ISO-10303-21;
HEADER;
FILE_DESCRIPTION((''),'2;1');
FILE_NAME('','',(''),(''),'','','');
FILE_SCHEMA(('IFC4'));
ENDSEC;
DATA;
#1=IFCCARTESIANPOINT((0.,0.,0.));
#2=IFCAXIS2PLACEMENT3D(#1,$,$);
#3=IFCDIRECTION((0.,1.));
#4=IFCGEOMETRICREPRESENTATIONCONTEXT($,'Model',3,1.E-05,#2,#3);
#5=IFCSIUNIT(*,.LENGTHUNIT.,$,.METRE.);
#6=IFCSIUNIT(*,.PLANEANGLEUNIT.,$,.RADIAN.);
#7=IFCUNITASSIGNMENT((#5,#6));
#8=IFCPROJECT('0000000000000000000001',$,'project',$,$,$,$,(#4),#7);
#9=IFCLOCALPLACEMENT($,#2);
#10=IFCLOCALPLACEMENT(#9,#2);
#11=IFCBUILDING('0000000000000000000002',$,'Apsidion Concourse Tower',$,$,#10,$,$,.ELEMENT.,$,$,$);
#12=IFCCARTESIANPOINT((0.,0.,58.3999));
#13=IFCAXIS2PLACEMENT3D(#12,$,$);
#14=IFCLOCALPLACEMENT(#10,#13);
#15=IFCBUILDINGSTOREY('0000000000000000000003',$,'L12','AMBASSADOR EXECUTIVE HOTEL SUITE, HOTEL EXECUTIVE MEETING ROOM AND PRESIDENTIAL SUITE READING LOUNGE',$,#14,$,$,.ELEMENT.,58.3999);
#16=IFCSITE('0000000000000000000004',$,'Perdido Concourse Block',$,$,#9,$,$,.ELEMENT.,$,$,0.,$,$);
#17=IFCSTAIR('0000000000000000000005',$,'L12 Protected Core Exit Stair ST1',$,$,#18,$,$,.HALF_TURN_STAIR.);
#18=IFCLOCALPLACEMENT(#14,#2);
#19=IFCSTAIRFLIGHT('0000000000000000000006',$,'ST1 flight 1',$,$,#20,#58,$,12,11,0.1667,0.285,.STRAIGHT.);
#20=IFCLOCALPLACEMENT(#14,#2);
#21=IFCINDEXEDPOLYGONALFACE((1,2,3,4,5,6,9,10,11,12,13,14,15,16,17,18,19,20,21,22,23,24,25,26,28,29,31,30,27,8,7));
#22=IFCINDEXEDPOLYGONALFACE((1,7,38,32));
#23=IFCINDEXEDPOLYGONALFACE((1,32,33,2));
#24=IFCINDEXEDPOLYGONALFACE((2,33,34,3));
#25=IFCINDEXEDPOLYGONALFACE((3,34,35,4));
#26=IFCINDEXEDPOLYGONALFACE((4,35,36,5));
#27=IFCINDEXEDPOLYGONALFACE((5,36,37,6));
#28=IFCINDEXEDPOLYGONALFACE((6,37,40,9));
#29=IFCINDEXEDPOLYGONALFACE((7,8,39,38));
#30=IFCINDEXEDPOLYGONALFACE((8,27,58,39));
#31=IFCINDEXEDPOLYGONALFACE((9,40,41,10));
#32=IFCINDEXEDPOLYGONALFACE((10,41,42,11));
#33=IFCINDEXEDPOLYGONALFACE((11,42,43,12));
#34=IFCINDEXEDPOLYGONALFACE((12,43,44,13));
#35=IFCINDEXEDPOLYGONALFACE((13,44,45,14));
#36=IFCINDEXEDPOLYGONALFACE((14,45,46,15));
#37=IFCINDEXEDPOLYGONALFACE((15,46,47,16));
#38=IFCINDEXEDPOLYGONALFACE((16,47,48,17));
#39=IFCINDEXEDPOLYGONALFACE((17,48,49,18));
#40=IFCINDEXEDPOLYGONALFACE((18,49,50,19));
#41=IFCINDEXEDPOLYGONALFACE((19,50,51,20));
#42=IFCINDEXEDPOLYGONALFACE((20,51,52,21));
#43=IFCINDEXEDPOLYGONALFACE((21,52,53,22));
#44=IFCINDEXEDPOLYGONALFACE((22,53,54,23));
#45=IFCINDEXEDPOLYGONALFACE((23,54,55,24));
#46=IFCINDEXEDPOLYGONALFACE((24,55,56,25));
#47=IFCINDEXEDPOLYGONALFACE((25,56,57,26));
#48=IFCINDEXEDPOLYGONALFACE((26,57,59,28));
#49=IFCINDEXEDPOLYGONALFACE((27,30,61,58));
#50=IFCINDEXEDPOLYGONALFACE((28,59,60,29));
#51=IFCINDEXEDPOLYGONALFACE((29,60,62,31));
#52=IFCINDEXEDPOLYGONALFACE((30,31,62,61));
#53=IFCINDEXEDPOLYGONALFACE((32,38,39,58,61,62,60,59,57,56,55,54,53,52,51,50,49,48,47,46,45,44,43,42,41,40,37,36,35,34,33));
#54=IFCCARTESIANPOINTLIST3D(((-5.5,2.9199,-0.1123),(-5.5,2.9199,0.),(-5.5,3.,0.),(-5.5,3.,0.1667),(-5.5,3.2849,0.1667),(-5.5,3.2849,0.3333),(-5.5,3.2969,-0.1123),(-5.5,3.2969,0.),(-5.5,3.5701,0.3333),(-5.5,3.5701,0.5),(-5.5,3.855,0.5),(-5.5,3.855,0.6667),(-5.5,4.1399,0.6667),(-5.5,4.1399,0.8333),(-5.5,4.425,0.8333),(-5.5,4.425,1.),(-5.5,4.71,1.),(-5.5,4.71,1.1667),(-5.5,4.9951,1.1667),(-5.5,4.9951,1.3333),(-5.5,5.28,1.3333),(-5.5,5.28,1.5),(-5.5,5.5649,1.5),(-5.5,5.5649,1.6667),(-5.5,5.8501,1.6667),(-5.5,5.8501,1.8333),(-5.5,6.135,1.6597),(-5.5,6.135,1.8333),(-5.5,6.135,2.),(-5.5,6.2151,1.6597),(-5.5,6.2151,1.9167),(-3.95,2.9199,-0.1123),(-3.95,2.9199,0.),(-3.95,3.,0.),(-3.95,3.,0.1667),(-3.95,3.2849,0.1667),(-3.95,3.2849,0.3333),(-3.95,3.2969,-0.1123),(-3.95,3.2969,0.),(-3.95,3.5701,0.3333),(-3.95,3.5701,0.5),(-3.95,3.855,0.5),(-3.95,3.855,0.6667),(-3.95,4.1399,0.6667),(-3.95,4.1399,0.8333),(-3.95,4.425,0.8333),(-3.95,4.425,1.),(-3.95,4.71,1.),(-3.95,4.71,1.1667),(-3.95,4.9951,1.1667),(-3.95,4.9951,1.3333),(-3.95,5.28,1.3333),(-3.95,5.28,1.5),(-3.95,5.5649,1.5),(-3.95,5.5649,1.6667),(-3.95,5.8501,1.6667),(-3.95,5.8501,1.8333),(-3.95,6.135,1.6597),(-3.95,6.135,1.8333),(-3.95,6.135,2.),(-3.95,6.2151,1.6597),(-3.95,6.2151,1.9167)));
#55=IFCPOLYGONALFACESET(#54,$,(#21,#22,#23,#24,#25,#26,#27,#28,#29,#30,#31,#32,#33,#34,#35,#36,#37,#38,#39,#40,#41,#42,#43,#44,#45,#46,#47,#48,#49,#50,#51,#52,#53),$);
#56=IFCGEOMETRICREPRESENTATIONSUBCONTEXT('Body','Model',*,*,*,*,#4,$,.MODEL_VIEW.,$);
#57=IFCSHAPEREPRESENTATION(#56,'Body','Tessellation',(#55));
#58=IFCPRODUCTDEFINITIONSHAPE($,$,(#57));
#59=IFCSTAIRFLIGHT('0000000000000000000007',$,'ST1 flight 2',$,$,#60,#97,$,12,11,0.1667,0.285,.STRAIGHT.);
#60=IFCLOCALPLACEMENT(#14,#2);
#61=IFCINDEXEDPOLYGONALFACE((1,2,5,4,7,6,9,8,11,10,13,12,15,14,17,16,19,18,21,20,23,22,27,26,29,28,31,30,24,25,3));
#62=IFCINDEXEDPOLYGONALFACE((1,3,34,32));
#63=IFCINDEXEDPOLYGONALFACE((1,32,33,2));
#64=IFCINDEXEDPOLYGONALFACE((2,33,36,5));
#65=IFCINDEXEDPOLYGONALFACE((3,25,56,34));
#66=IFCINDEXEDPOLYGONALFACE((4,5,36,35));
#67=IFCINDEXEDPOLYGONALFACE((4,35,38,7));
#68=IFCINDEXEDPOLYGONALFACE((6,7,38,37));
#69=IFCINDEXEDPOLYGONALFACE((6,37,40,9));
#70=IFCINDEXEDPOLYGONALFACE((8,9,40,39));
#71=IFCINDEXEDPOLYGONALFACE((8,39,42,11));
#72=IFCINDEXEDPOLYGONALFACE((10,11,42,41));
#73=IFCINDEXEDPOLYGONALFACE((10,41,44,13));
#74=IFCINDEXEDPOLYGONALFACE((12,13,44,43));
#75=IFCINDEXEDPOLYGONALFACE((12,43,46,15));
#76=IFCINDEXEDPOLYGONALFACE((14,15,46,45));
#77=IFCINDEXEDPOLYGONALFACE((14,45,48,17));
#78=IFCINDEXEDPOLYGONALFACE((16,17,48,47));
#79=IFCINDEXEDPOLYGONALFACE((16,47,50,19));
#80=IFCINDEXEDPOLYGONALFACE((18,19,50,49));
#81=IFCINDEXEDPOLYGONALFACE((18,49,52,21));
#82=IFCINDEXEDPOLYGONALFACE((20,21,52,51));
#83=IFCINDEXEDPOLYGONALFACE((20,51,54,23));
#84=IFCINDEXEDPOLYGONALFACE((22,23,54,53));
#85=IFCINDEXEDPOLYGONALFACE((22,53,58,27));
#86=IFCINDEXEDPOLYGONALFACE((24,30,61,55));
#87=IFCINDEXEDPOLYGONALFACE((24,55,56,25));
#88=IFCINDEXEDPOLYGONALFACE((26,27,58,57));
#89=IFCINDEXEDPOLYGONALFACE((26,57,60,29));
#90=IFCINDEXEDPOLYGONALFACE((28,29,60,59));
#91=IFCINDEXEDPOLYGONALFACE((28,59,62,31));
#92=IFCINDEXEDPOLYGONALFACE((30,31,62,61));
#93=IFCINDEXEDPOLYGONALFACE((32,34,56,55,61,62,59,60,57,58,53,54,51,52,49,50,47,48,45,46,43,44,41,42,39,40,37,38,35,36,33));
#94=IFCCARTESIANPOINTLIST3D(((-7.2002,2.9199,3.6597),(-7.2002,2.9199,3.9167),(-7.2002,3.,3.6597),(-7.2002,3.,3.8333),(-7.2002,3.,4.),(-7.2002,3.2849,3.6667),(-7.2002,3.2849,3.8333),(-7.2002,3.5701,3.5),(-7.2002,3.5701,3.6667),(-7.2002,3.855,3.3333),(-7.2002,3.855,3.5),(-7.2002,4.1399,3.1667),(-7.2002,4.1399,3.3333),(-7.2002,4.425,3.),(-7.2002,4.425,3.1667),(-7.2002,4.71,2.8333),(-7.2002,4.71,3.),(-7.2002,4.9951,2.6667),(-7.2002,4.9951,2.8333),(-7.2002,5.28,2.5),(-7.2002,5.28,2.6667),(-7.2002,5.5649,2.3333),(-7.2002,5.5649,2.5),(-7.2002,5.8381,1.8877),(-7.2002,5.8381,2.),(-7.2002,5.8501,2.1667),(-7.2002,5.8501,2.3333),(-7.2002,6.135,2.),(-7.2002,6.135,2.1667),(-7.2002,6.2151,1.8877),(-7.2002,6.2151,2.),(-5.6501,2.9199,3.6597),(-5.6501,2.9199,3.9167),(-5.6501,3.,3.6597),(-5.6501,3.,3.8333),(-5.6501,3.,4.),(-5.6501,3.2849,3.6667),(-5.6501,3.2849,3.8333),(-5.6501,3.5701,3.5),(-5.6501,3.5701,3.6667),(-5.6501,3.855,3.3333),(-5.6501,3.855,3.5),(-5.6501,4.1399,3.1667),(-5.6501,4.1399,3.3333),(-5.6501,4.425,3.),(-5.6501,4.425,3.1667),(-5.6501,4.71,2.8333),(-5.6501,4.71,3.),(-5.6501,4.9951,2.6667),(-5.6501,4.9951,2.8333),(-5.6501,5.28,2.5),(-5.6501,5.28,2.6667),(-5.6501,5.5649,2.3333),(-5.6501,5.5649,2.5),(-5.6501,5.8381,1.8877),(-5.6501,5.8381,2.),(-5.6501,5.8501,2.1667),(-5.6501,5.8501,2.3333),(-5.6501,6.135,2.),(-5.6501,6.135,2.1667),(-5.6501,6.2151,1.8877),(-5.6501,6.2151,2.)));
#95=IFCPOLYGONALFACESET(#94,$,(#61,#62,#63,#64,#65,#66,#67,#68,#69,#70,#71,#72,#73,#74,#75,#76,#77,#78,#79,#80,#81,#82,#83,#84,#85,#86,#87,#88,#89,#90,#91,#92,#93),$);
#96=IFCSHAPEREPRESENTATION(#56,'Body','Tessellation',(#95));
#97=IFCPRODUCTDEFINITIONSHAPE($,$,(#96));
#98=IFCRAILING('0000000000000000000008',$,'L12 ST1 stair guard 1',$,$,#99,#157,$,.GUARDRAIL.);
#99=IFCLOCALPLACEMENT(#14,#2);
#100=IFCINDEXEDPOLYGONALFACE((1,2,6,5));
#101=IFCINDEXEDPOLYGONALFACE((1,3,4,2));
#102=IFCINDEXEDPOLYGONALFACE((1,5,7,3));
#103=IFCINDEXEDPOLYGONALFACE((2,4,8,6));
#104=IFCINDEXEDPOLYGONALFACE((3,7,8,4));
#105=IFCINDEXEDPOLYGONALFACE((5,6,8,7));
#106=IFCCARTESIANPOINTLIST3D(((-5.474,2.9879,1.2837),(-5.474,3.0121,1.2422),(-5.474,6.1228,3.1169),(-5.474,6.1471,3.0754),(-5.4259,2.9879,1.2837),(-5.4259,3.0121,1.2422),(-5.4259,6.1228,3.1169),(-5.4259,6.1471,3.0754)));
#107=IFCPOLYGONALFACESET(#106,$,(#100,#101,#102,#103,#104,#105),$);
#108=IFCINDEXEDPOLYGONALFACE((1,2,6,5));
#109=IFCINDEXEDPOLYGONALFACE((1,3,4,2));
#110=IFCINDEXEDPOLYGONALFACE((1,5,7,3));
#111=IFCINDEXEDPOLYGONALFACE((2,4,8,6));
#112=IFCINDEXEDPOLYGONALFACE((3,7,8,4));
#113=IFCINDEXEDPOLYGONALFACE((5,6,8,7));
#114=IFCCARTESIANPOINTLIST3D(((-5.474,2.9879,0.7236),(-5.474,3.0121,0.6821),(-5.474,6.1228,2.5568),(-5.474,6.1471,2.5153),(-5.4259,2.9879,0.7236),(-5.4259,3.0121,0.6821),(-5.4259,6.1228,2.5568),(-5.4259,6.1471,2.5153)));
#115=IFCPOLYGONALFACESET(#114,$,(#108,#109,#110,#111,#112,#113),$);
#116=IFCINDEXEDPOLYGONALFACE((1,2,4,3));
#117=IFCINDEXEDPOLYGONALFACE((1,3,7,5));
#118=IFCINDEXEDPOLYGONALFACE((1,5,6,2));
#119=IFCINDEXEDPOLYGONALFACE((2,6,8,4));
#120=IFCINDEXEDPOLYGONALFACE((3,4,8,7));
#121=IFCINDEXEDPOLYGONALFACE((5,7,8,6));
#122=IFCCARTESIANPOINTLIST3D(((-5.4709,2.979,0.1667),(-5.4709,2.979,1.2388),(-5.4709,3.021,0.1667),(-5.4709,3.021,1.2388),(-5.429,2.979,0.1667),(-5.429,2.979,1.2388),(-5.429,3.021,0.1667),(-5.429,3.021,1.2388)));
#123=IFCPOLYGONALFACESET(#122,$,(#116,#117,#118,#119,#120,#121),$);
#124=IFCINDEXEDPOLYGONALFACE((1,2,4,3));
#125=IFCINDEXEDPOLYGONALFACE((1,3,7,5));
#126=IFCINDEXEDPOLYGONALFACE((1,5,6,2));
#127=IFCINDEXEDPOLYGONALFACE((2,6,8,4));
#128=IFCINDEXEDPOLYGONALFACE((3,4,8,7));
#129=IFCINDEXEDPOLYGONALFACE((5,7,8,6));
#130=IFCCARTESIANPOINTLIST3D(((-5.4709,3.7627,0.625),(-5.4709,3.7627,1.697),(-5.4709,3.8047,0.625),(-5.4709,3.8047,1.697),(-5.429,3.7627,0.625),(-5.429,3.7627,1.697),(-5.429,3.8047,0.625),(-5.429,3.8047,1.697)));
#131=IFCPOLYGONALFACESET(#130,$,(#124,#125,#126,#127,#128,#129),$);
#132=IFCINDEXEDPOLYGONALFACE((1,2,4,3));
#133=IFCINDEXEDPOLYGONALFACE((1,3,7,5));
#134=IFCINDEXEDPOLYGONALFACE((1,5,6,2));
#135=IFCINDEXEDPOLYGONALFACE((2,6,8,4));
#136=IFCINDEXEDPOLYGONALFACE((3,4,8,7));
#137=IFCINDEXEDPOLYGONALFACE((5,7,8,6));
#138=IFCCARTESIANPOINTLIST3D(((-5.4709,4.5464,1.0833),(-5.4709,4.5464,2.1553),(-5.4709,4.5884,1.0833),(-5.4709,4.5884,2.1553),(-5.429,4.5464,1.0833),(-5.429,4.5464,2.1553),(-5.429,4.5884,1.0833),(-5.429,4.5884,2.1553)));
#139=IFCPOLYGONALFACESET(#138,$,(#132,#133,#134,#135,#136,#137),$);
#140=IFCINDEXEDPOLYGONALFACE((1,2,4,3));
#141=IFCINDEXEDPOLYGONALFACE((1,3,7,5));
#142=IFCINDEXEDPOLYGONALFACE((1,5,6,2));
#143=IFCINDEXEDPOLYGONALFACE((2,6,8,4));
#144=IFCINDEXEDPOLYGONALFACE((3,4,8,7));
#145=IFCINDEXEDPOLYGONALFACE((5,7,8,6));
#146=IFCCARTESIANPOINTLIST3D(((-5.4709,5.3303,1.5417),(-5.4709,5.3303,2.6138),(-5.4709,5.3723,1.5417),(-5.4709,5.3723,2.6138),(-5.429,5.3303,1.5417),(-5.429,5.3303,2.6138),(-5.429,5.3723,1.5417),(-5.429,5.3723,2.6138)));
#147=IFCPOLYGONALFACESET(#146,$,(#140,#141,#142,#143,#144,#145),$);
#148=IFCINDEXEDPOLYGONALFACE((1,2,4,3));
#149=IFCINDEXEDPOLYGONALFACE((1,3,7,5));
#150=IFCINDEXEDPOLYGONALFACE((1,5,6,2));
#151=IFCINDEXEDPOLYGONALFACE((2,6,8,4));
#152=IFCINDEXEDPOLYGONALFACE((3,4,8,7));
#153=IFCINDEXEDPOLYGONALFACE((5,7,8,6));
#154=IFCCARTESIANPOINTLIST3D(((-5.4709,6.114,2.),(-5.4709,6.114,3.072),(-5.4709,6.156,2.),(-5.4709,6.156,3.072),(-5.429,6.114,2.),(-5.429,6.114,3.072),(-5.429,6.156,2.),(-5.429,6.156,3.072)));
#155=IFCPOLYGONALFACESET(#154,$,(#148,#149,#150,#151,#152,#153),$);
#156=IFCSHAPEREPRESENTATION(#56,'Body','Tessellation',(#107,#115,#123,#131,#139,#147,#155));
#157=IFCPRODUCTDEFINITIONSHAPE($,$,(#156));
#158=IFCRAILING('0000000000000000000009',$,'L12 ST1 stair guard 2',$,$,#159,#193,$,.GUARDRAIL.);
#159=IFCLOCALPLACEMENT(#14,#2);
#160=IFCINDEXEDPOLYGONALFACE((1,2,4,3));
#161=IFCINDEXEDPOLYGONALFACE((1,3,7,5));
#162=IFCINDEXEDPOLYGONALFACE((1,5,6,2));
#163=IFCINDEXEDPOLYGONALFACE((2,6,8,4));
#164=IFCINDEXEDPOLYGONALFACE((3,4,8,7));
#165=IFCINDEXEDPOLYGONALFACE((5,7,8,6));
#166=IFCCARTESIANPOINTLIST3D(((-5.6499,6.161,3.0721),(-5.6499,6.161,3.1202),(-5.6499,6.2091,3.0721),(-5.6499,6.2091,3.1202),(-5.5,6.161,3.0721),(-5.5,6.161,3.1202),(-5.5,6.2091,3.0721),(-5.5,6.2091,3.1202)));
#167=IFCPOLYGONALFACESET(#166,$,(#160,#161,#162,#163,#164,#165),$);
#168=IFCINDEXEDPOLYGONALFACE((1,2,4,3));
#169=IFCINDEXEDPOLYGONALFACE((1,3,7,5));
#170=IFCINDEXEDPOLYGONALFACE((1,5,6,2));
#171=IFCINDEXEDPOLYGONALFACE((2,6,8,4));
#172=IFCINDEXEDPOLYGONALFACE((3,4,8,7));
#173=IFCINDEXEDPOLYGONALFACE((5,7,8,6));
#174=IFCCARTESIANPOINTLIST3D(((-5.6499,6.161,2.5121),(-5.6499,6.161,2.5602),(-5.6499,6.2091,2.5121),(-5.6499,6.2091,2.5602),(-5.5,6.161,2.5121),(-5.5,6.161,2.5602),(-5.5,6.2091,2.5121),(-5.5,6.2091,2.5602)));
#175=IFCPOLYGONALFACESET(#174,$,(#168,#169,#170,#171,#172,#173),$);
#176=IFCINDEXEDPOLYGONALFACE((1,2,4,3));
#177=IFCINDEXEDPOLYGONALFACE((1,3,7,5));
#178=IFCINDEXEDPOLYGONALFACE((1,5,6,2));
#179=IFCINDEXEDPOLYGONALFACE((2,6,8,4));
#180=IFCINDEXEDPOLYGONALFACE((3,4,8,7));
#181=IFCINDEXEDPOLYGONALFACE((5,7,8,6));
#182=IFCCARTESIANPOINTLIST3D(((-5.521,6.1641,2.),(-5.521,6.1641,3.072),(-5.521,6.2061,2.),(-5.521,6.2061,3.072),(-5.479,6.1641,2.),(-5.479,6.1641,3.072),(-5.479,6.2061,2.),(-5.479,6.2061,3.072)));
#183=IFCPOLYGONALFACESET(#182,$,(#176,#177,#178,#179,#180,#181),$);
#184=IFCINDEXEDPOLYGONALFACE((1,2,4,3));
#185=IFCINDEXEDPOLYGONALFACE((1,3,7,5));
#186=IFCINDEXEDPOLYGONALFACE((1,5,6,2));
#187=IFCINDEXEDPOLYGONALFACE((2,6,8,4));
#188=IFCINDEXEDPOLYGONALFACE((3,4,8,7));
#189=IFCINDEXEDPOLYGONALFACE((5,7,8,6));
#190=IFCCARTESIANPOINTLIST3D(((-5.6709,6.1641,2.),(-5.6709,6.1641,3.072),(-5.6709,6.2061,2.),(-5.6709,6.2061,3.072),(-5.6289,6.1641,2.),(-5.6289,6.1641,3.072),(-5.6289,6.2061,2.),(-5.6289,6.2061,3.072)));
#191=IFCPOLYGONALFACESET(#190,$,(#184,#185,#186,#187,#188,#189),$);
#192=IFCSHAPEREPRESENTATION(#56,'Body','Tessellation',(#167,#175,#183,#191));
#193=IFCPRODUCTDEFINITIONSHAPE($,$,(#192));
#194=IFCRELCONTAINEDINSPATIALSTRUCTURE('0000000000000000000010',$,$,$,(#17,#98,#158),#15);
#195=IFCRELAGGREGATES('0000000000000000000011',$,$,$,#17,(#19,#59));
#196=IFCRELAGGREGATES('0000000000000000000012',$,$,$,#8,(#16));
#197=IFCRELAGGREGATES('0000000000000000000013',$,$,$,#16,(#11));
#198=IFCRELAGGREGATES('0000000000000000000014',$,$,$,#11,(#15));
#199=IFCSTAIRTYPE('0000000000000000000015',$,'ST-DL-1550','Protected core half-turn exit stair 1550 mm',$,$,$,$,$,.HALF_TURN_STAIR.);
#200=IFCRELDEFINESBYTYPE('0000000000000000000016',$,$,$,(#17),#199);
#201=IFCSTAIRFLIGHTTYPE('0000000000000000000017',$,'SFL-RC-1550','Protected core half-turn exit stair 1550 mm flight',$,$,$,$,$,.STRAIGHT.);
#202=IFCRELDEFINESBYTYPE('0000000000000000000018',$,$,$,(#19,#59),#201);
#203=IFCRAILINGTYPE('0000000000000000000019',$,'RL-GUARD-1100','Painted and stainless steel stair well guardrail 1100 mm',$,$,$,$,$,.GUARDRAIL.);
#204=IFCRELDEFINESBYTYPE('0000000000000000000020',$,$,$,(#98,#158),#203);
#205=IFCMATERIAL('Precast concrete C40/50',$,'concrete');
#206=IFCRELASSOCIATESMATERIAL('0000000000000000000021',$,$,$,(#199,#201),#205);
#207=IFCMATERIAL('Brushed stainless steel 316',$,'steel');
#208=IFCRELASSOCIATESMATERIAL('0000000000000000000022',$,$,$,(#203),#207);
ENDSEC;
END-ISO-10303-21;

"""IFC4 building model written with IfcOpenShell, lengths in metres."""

from ifc_helpers import new_model, si_unit, direction, frame, origin, origin_2d, place, context, subcontext, project, spatial, polyline, rectangle, outline, extrude, material, type_object, element, aggregate, save


model = new_model("IFC4")

# Units and contexts
model_context = context("Model", 3, precision=1e-05, world=origin(), true_north=direction((0.0, 1.0)))
body_context = subcontext(model_context, "Body", "Model", "MODEL_VIEW")
ifc_project = project(units=[si_unit("LENGTHUNIT", "METRE"), si_unit("PLANEANGLEUNIT", "RADIAN")], contexts=[model_context])

# Site, building, storey
site_placement = place(None, origin())
site = spatial("IfcSite", under=ifc_project, at=site_placement, Name="Perdido Concourse Block", CompositionType="ELEMENT", RefElevation=0.0)
building_placement = place(site_placement, origin())
building = spatial("IfcBuilding", under=site, at=building_placement, Name="Apsidion Concourse Tower", CompositionType="ELEMENT")
storey_placement = place(building_placement, frame((0.0, 0.0, 58.3999)))
storey = spatial("IfcBuildingStorey", under=building, at=storey_placement, Name="L12", Description="AMBASSADOR EXECUTIVE HOTEL SUITE, HOTEL EXECUTIVE MEETING ROOM AND PRESIDENTIAL SUITE READING LOUNGE", CompositionType="ELEMENT", Elevation=58.3999)

# Shared definitions
ifc_material_1 = material(Name="Brushed stainless steel 316", Category="steel")

# Stair, stair flights
ifc_material_2 = material(Name="Precast concrete C40/50", Category="concrete")
stair_type = type_object("IfcStairType", Name="ST-DL-1550", Description="Protected core half-turn exit stair 1550 mm", PredefinedType="HALF_TURN_STAIR", material=ifc_material_2)
stair_placement = place(storey_placement, origin())
stair = element("IfcStair", 1, at=stair_placement, inside=storey, type_object=stair_type, Name="L12 Protected Core Exit Stair ST1", PredefinedType="HALF_TURN_STAIR")
stair_flight_type = type_object("IfcStairFlightType", Name="SFL-RC-1550", Description="Protected core half-turn exit stair 1550 mm flight", PredefinedType="STRAIGHT", material=ifc_material_2)
stair_flight_1_placement = place(storey_placement, frame((-4.7251, 3.0, 0.0), z_axis=(0.0, 0.0, 1.0), x_axis=(0.0, 1.0, 0.0)))
stair_flight_1 = element("IfcStairFlight", 2, at=stair_flight_1_placement, type_object=stair_flight_type, Name="ST1 flight 1", NumberOfRisers=12, NumberOfTreads=11, PredefinedType="STRAIGHT", RiserHeight=0.1667, TreadLength=0.285, context=body_context, shape_type="SweptSolid", body=[
    extrude(outline(polyline([(-0.0801, -0.1123), (-0.0801, 0.0), (0.0, 0.0), (0.0, 0.1667), (0.2849, 0.1667), (0.2849, 0.3333), (0.5701, 0.3333), (0.5701, 0.5), (0.855, 0.5), (0.855, 0.6667), (1.1399, 0.6667), (1.1399, 0.8333), (1.425, 0.8333), (1.425, 1.0), (1.71, 1.0), (1.71, 1.1667), (1.9951, 1.1667), (1.9951, 1.3333), (2.28, 1.3333), (2.28, 1.5), (2.5649, 1.5), (2.5649, 1.6667), (2.8501, 1.6667), (2.8501, 1.8333), (3.135, 1.8333), (3.135, 2.0), (3.2151, 1.9167), (3.2151, 1.6597), (3.135, 1.6597), (0.2969, 0.0), (0.2969, -0.1123), (-0.0801, -0.1123)])), frame((0.0, 0.7749, 0.0), z_axis=(0.0, -1.0, 0.0), x_axis=(1.0, 0.0, 0.0)), (0.0, 0.0, 1.0), 1.55),
])
stair_flight_2_placement = place(storey_placement, frame((-6.425, 6.135, 2.0), z_axis=(0.0, 0.0, 1.0), x_axis=(0.0, -1.0, 0.0)))
stair_flight_2 = element("IfcStairFlight", 3, at=stair_flight_2_placement, type_object=stair_flight_type, Name="ST1 flight 2", NumberOfRisers=12, NumberOfTreads=11, PredefinedType="STRAIGHT", RiserHeight=0.1667, TreadLength=0.285, context=body_context, shape_type="SweptSolid", body=[
    extrude(outline(polyline([(-0.0801, -0.1123), (-0.0801, 0.0), (0.0, 0.0), (0.0, 0.1667), (0.2849, 0.1667), (0.2849, 0.3333), (0.5701, 0.3333), (0.5701, 0.5), (0.855, 0.5), (0.855, 0.6667), (1.1399, 0.6667), (1.1399, 0.8333), (1.425, 0.8333), (1.425, 1.0), (1.71, 1.0), (1.71, 1.1667), (1.9951, 1.1667), (1.9951, 1.3333), (2.28, 1.3333), (2.28, 1.5), (2.5649, 1.5), (2.5649, 1.6667), (2.8501, 1.6667), (2.8501, 1.8333), (3.135, 1.8333), (3.135, 2.0), (3.2151, 1.9167), (3.2151, 1.6597), (3.135, 1.6597), (0.2969, 0.0), (0.2969, -0.1123), (-0.0801, -0.1123)])), frame((0.0, 0.7749, 0.0), z_axis=(0.0, -1.0, 0.0), x_axis=(1.0, 0.0, 0.0)), (0.0, 0.0, 1.0), 1.55),
])
aggregate(stair, [stair_flight_1, stair_flight_2])

# Railings
railing_type_1 = type_object("IfcRailingType", Name="RL-GUARD-1100", Description="Painted and stainless steel stair well guardrail 1100 mm", PredefinedType="GUARDRAIL", material=ifc_material_1)
railing_1_placement = place(storey_placement, frame((-5.45, 3.0, 0.1667)))
element("IfcRailing", 4, at=railing_1_placement, inside=storey, type_object=railing_type_1, Name="L12 ST1 stair guard 1", PredefinedType="GUARDRAIL", context=body_context, shape_type="SweptSolid", body=[
    extrude(rectangle(XDim=0.0481, YDim=0.0481, at=origin_2d()), frame((0.0, 0.0, 1.0962), z_axis=(0.0, 0.86324, 0.504794), x_axis=(-1.0, 0.0, 0.0)), (0.0, 0.0, 1.0), 3.6316),
    extrude(rectangle(XDim=0.0481, YDim=0.0481, at=origin_2d()), frame((0.0, 0.0, 0.5361), z_axis=(0.0, 0.86324, 0.504794), x_axis=(-1.0, 0.0, 0.0)), (0.0, 0.0, 1.0), 3.6316),
    extrude(rectangle(XDim=0.042, YDim=0.042, at=origin_2d()), origin(), (0.0, 0.0, 1.0), 1.072),
    extrude(rectangle(XDim=0.042, YDim=0.042, at=origin_2d()), frame((0.0, 0.7837, 0.4583)), (0.0, 0.0, 1.0), 1.072),
    extrude(rectangle(XDim=0.042, YDim=0.042, at=origin_2d()), frame((0.0, 1.5674, 0.9165)), (0.0, 0.0, 1.0), 1.072),
    extrude(rectangle(XDim=0.042, YDim=0.042, at=origin_2d()), frame((0.0, 2.3513, 1.375)), (0.0, 0.0, 1.0), 1.072),
    extrude(rectangle(XDim=0.042, YDim=0.042, at=origin_2d()), frame((0.0, 3.135, 1.8333)), (0.0, 0.0, 1.0), 1.072),
])
railing_2_placement = place(storey_placement, frame((-5.5, 6.1851, 2.0)))
element("IfcRailing", 5, at=railing_2_placement, inside=storey, type_object=railing_type_1, Name="L12 ST1 stair guard 2", PredefinedType="GUARDRAIL", context=body_context, shape_type="SweptSolid", body=[
    extrude(rectangle(XDim=0.0481, YDim=0.0481, at=origin_2d()), frame((0.0, 0.0, 1.0962), z_axis=(-1.0, 0.0, 0.0), x_axis=(0.0, -1.0, 0.0)), (0.0, 0.0, 1.0), 0.1499),
    extrude(rectangle(XDim=0.0481, YDim=0.0481, at=origin_2d()), frame((0.0, 0.0, 0.5361), z_axis=(-1.0, 0.0, 0.0), x_axis=(0.0, -1.0, 0.0)), (0.0, 0.0, 1.0), 0.1499),
    extrude(rectangle(XDim=0.042, YDim=0.042, at=origin_2d()), origin(), (0.0, 0.0, 1.0), 1.072),
    extrude(rectangle(XDim=0.042, YDim=0.042, at=origin_2d()), frame((-0.1499, 0.0, 0.0)), (0.0, 0.0, 1.0), 1.072),
])

save(model, "model.ifc")
